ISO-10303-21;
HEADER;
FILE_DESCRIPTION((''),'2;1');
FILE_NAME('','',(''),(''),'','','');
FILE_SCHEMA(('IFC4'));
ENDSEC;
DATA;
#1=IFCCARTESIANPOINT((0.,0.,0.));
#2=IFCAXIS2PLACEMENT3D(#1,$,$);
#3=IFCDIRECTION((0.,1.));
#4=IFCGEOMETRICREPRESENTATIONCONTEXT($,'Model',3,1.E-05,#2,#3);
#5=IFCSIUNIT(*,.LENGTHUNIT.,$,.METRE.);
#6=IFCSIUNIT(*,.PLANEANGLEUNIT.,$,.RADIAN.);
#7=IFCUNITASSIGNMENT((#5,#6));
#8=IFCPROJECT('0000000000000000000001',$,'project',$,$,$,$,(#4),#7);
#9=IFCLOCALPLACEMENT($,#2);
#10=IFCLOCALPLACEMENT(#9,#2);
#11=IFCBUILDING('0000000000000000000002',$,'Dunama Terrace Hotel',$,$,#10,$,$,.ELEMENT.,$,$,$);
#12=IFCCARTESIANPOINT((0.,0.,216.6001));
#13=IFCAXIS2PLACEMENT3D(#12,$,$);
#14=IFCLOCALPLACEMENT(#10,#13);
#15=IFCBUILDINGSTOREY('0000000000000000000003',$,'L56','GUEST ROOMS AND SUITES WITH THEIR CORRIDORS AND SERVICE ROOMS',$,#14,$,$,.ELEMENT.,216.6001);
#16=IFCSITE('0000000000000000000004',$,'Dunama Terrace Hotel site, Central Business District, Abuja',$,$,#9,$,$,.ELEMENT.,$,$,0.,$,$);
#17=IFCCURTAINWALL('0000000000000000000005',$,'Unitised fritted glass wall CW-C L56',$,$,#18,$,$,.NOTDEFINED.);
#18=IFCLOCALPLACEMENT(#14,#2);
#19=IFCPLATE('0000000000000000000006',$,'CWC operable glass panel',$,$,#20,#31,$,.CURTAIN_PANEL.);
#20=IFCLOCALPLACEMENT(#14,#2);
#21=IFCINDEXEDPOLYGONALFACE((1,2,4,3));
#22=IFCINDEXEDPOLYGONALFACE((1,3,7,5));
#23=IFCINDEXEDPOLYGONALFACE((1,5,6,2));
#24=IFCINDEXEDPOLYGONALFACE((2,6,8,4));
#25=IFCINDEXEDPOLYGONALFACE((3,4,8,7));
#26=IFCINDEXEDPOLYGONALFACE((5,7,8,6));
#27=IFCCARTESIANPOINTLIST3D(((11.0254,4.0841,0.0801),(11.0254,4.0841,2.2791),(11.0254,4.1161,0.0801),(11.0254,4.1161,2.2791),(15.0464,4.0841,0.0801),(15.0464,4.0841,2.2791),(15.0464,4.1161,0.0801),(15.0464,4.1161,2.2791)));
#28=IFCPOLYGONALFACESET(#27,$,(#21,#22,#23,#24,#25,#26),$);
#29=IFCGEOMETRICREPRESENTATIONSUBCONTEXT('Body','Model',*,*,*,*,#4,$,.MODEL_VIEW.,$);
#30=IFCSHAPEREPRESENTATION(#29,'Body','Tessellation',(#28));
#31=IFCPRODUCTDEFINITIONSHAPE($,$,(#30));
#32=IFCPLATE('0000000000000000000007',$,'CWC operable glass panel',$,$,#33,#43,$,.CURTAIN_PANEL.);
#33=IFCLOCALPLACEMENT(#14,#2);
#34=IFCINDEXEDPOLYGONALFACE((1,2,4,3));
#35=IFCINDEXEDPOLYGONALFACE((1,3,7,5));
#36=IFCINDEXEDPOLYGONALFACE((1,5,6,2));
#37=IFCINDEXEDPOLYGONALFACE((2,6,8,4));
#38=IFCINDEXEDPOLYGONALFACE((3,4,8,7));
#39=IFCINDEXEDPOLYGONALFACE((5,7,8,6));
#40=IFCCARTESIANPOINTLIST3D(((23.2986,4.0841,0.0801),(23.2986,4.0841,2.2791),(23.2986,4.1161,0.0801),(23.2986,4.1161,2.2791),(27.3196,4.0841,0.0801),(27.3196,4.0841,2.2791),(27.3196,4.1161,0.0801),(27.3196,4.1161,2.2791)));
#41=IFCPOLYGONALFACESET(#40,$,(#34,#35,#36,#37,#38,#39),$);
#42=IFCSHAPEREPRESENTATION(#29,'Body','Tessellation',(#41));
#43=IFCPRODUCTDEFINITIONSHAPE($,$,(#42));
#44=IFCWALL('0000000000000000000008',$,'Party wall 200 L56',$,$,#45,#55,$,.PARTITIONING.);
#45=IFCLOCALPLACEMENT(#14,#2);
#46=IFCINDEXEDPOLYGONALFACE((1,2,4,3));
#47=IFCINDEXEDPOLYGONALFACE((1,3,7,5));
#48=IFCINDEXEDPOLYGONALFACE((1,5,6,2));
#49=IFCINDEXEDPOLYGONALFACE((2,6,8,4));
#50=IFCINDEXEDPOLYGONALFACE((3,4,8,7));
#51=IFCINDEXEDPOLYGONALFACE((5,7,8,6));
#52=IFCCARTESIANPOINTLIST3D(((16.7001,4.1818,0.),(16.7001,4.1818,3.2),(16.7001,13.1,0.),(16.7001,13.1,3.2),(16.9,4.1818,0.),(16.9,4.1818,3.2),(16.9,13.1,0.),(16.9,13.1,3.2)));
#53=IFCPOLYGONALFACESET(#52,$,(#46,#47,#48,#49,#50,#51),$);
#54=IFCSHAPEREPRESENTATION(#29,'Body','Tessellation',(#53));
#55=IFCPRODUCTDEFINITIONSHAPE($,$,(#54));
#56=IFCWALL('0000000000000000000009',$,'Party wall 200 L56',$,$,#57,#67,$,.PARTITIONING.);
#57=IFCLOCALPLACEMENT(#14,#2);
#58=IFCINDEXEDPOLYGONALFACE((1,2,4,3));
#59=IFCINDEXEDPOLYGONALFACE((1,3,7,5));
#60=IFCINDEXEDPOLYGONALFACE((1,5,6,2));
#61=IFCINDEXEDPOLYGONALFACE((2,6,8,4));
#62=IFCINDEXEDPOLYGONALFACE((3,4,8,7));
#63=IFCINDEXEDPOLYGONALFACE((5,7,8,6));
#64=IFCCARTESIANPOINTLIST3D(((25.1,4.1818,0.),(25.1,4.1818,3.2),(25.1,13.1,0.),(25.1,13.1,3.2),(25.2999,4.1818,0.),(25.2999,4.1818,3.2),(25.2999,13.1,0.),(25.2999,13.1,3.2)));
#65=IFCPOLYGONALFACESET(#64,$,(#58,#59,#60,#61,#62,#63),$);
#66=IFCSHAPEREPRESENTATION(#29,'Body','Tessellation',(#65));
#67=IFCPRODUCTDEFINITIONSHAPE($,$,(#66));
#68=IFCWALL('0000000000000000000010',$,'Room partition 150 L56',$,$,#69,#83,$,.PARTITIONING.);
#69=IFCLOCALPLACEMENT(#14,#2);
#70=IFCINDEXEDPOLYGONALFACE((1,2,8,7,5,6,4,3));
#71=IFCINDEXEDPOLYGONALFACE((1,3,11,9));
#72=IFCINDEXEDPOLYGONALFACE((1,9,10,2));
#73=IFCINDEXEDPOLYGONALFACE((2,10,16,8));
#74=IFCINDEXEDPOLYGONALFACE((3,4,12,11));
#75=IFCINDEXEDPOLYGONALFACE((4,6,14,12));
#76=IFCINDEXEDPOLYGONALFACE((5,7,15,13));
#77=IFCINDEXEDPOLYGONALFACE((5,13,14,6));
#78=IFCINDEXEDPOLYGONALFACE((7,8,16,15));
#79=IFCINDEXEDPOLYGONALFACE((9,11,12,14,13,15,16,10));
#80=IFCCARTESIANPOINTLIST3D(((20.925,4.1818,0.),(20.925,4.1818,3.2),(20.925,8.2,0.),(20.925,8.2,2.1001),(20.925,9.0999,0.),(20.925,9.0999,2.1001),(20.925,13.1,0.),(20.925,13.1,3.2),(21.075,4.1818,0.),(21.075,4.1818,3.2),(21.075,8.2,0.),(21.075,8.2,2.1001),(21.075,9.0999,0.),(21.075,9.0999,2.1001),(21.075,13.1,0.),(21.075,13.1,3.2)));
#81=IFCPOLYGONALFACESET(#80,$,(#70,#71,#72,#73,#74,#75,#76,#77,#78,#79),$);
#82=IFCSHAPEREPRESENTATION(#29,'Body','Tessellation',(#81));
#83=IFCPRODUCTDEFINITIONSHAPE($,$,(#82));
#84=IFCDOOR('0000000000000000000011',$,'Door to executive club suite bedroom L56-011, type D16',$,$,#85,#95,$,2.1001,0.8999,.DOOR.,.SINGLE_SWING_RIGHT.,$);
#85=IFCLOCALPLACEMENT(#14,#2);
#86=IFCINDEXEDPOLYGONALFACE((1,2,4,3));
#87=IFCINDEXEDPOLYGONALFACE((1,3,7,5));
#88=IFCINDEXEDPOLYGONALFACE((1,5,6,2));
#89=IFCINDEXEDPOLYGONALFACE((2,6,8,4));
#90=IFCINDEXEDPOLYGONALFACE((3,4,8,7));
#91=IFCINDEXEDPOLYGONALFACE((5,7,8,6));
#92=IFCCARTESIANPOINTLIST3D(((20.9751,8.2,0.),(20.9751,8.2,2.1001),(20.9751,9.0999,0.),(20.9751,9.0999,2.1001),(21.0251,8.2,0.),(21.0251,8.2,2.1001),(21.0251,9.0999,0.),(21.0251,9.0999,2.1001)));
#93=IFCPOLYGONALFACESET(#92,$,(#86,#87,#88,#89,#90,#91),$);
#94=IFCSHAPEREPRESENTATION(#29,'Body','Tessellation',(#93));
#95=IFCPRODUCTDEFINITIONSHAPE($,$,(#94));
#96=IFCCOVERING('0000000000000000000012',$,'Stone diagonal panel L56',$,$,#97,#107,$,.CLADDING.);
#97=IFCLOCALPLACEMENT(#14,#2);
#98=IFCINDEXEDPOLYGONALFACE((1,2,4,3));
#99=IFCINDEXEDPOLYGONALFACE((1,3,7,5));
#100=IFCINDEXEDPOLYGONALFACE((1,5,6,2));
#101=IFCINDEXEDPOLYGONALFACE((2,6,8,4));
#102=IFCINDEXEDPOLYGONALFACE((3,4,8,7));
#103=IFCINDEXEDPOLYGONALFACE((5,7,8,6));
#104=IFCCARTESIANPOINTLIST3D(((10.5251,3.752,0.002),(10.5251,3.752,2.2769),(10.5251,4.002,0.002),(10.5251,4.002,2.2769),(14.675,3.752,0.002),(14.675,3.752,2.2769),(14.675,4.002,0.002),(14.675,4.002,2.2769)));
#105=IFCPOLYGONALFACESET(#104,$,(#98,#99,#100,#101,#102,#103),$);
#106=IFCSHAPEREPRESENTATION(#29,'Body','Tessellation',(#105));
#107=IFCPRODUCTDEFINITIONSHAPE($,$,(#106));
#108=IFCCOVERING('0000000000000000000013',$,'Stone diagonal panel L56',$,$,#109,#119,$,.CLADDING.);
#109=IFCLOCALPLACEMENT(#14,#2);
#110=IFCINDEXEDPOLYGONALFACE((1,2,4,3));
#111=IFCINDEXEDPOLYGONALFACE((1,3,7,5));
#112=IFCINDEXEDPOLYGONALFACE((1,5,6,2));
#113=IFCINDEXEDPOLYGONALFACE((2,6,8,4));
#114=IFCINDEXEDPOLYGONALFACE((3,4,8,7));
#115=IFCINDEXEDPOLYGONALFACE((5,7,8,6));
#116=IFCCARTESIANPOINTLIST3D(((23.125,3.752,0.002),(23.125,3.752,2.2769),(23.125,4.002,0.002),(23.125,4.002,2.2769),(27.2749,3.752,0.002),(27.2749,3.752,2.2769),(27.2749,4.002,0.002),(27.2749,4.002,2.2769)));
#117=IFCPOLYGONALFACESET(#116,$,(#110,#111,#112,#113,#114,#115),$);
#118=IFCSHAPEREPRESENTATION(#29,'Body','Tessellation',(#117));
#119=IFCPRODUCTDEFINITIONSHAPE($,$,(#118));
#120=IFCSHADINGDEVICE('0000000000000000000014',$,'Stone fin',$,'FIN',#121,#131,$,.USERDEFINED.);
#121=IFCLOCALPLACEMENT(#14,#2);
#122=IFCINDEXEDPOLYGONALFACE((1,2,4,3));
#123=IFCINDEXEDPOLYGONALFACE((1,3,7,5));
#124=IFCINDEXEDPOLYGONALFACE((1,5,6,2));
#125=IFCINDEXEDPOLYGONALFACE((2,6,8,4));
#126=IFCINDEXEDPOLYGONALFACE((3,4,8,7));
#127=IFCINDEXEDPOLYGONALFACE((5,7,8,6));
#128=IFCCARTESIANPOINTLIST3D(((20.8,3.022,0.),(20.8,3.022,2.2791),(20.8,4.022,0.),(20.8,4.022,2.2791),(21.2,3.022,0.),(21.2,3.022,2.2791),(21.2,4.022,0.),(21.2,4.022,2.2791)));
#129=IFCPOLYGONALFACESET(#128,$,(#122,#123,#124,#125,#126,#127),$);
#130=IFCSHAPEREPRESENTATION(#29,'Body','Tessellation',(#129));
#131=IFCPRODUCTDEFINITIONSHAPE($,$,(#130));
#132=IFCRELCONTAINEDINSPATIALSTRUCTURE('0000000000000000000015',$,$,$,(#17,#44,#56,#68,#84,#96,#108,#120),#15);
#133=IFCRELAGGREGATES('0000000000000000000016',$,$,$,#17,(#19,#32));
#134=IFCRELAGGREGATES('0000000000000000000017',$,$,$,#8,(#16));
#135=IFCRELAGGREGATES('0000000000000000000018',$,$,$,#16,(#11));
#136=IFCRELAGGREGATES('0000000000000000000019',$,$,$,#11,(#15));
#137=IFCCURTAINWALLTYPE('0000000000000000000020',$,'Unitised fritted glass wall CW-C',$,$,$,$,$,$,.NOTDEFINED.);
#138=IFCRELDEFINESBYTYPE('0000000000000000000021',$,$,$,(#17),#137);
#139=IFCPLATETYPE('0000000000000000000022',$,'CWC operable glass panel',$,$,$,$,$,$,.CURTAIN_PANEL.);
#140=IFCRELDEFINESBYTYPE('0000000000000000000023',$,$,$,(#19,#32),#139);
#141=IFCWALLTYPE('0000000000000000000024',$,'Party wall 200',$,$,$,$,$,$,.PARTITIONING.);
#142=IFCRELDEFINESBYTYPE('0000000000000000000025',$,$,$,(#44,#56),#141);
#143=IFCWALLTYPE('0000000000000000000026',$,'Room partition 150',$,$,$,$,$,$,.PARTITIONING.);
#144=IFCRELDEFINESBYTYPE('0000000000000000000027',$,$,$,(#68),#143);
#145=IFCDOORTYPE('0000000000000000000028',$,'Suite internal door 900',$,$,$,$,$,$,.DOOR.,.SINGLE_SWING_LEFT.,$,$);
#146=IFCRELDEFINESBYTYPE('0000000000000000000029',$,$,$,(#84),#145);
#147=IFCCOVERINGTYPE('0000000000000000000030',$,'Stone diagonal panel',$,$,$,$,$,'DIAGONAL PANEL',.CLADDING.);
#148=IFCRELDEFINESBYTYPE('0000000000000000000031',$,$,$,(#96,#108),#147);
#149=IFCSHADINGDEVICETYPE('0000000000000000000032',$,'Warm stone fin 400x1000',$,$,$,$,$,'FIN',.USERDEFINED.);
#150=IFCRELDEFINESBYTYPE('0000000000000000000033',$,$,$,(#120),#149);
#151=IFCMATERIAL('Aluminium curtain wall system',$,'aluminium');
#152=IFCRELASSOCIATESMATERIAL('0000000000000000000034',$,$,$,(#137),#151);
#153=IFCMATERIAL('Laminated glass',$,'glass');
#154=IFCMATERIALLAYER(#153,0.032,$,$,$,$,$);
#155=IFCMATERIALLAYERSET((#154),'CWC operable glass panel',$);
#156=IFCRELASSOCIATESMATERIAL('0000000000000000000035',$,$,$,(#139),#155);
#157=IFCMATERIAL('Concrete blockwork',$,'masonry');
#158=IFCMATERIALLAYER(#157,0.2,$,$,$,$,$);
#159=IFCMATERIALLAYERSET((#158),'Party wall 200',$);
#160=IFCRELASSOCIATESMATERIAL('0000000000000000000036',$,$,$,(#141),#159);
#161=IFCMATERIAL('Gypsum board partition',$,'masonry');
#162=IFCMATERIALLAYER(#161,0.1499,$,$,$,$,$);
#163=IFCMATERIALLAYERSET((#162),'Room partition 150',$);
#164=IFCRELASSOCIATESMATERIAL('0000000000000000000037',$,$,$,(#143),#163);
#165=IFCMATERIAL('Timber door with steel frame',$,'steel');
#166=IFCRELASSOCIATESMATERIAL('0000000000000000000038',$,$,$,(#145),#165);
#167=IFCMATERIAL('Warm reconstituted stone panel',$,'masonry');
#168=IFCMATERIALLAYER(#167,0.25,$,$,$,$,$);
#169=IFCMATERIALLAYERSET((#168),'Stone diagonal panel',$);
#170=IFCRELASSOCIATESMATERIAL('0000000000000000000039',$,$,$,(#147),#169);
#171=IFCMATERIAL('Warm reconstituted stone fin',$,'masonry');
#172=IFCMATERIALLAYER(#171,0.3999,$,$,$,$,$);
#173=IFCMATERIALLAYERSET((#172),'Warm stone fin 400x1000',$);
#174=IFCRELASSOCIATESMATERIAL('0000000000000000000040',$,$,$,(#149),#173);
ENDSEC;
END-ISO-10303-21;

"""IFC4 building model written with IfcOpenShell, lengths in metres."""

from ifc_helpers import new_model, si_unit, direction, frame, frame_2d, origin, origin_2d, place, context, subcontext, project, spatial, rectangle, extrude, material, layer, layer_set, type_object, element, fill, aggregate, save


model = new_model("IFC4")

# Units and contexts
model_context = context("Model", 3, precision=1e-05, world=origin(), true_north=direction((0.0, 1.0)))
body_context = subcontext(model_context, "Body", "Model", "MODEL_VIEW")
ifc_project = project(units=[si_unit("LENGTHUNIT", "METRE"), si_unit("PLANEANGLEUNIT", "RADIAN")], contexts=[model_context])

# Site, building, storey
site_placement = place(None, origin())
site = spatial("IfcSite", under=ifc_project, at=site_placement, Name="Dunama Terrace Hotel site, Central Business District, Abuja", CompositionType="ELEMENT", RefElevation=0.0)
building_placement = place(site_placement, origin())
building = spatial("IfcBuilding", under=site, at=building_placement, Name="Dunama Terrace Hotel", CompositionType="ELEMENT")
storey_placement = place(building_placement, frame((0.0, 0.0, 216.6001)))
storey = spatial("IfcBuildingStorey", under=building, at=storey_placement, Name="L56", Description="GUEST ROOMS AND SUITES WITH THEIR CORRIDORS AND SERVICE ROOMS", CompositionType="ELEMENT", Elevation=216.6001)

# Curtain wall
ifc_material_1 = material(Name="Aluminium curtain wall system", Category="aluminium")
curtain_wall_type = type_object("IfcCurtainWallType", Name="Unitised fritted glass wall CW-C", PredefinedType="NOTDEFINED", material=ifc_material_1)
curtain_wall_placement = place(storey_placement, origin())
curtain_wall = element("IfcCurtainWall", 1, at=curtain_wall_placement, inside=storey, type_object=curtain_wall_type, Name="Unitised fritted glass wall CW-C L56", PredefinedType="NOTDEFINED")

# Plates
ifc_material_2 = material(Name="Laminated glass", Category="glass")
ifc_layer_1 = layer(ifc_material_2, 0.032)
ifc_layer_set_1 = layer_set([ifc_layer_1], Name="CWC operable glass panel")
plate_type_1 = type_object("IfcPlateType", Name="CWC operable glass panel", PredefinedType="CURTAIN_PANEL", material=ifc_layer_set_1)
plate_1_placement = place(storey_placement, frame((13.0359, 4.1001, 0.0801), z_axis=(0.0, 0.0, 1.0), x_axis=(1.0, 0.0, 0.0)))
plate_1 = element("IfcPlate", 2, at=plate_1_placement, type_object=plate_type_1, Name="CWC operable glass panel", PredefinedType="CURTAIN_PANEL", context=body_context, shape_type="SweptSolid", body=[
    extrude(rectangle(XDim=4.021, YDim=0.032, at=origin_2d()), origin(), (0.0, 0.0, 1.0), 2.199),
])
plate_2_placement = place(storey_placement, frame((25.3091, 4.1001, 0.0801), z_axis=(0.0, 0.0, 1.0), x_axis=(1.0, 0.0, 0.0)))
plate_2 = element("IfcPlate", 3, at=plate_2_placement, type_object=plate_type_1, Name="CWC operable glass panel", PredefinedType="CURTAIN_PANEL", context=body_context, shape_type="SweptSolid", body=[
    extrude(rectangle(XDim=4.021, YDim=0.032, at=origin_2d()), origin(), (0.0, 0.0, 1.0), 2.199),
])
aggregate(curtain_wall, [plate_1, plate_2])

# Walls
ifc_material_3 = material(Name="Concrete blockwork", Category="masonry")
ifc_layer_2 = layer(ifc_material_3, 0.2)
ifc_layer_set_2 = layer_set([ifc_layer_2], Name="Party wall 200")
wall_type_1 = type_object("IfcWallType", Name="Party wall 200", PredefinedType="PARTITIONING", material=ifc_layer_set_2)
for number, where, z_axis, x_axis, name in (
    (4, (16.8, 4.1819, 0.0), (0.0, 0.0, 1.0), (0.0, 1.0, 0.0), "Party wall 200 L56"),
    (5, (25.2, 4.1819, 0.0), (0.0, 0.0, 1.0), (0.0, 1.0, 0.0), "Party wall 200 L56"),
):
    element("IfcWall", number, at=place(storey_placement, frame(where, z_axis=z_axis, x_axis=x_axis)), inside=storey, type_object=wall_type_1, Name=name, PredefinedType="PARTITIONING", context=body_context, shape_type="SweptSolid", body=[
        extrude(rectangle(XDim=8.9182, YDim=0.2, at=frame_2d((4.459, 0.0))), origin(), (0.0, 0.0, 1.0), 3.2),
    ])

# Wall, opening, door
ifc_material_4 = material(Name="Gypsum board partition", Category="masonry")
ifc_layer_3 = layer(ifc_material_4, 0.1499)
ifc_layer_set_3 = layer_set([ifc_layer_3], Name="Room partition 150")
wall_type_2 = type_object("IfcWallType", Name="Room partition 150", PredefinedType="PARTITIONING", material=ifc_layer_set_3)
wall_placement = place(storey_placement, frame((21.0, 4.1819, 0.0), z_axis=(0.0, 0.0, 1.0), x_axis=(0.0, 1.0, 0.0)))
wall = element("IfcWall", 6, at=wall_placement, inside=storey, type_object=wall_type_2, Name="Room partition 150 L56", PredefinedType="PARTITIONING", context=body_context, shape_type="SweptSolid", body=[
    extrude(rectangle(XDim=8.9182, YDim=0.1499, at=frame_2d((4.459, 0.0))), origin(), (0.0, 0.0, 1.0), 3.2),
])
opening_placement = place(wall_placement, frame((4.0181, 0.0, 0.0)))
opening = element("IfcOpeningElement", 7, at=opening_placement, cuts=wall, PredefinedType="OPENING", context=body_context, shape_type="SweptSolid", body=[
    extrude(rectangle(XDim=0.8999, YDim=2.1001, at=frame_2d((0.45, 1.05))), frame((0.0, 0.085, 0.0), z_axis=(0.0, -1.0, 0.0), x_axis=(1.0, 0.0, 0.0)), (0.0, 0.0, 1.0), 0.1699),
])
ifc_material_5 = material(Name="Timber door with steel frame", Category="steel")
door_type = type_object("IfcDoorType", Name="Suite internal door 900", OperationType="SINGLE_SWING_LEFT", PredefinedType="DOOR", material=ifc_material_5)
door_placement = place(opening_placement, frame((0.8999, 0.0, 0.0), z_axis=(0.0, 0.0, 1.0), x_axis=(-1.0, 0.0, 0.0)))
door = element("IfcDoor", 8, at=door_placement, inside=storey, type_object=door_type, Name="Door to executive club suite bedroom L56-011, type D16", OperationType="SINGLE_SWING_RIGHT", OverallHeight=2.1001, OverallWidth=0.8999, PredefinedType="DOOR", context=body_context, shape_type="SweptSolid", body=[
    extrude(rectangle(XDim=0.8999, YDim=2.1001, at=frame_2d((0.45, 1.05))), frame((0.0, 0.0251, 0.0), z_axis=(0.0, -1.0, 0.0), x_axis=(1.0, 0.0, 0.0)), (0.0, 0.0, 1.0), 0.05),
])
fill(opening, door)

# Coverings
ifc_material_6 = material(Name="Warm reconstituted stone panel", Category="masonry")
ifc_layer_4 = layer(ifc_material_6, 0.25)
ifc_layer_set_4 = layer_set([ifc_layer_4], Name="Stone diagonal panel")
covering_type = type_object("IfcCoveringType", Name="Stone diagonal panel", ElementType="DIAGONAL PANEL", PredefinedType="CLADDING", material=ifc_layer_set_4)
for number, where, z_axis, x_axis, name in (
    (9, (12.6001, 3.877, 0.002), (0.0, 0.0, 1.0), (1.0, 0.0, 0.0), "Stone diagonal panel L56"),
    (10, (25.2, 3.877, 0.002), (0.0, 0.0, 1.0), (1.0, 0.0, 0.0), "Stone diagonal panel L56"),
):
    element("IfcCovering", number, at=place(storey_placement, frame(where, z_axis=z_axis, x_axis=x_axis)), inside=storey, type_object=covering_type, Name=name, PredefinedType="CLADDING", context=body_context, shape_type="SweptSolid", body=[
        extrude(rectangle(XDim=4.1499, YDim=0.25, at=origin_2d()), origin(), (0.0, 0.0, 1.0), 2.2749),
    ])

# Shading device
ifc_material_7 = material(Name="Warm reconstituted stone fin", Category="masonry")
ifc_layer_5 = layer(ifc_material_7, 0.3999)
ifc_layer_set_5 = layer_set([ifc_layer_5], Name="Warm stone fin 400x1000")
shading_device_type = type_object("IfcShadingDeviceType", Name="Warm stone fin 400x1000", ElementType="FIN", PredefinedType="USERDEFINED", material=ifc_layer_set_5)
shading_device_placement = place(storey_placement, frame((21.0, 3.522, 0.0), z_axis=(0.0, 0.0, 1.0), x_axis=(1.0, 0.0, 0.0)))
element("IfcShadingDevice", 11, at=shading_device_placement, inside=storey, type_object=shading_device_type, Name="Stone fin", ObjectType="FIN", PredefinedType="USERDEFINED", context=body_context, shape_type="SweptSolid", body=[
    extrude(rectangle(XDim=0.3999, YDim=1.0, at=origin_2d()), origin(), (0.0, 0.0, 1.0), 2.2791),
])

save(model, "model.ifc")
